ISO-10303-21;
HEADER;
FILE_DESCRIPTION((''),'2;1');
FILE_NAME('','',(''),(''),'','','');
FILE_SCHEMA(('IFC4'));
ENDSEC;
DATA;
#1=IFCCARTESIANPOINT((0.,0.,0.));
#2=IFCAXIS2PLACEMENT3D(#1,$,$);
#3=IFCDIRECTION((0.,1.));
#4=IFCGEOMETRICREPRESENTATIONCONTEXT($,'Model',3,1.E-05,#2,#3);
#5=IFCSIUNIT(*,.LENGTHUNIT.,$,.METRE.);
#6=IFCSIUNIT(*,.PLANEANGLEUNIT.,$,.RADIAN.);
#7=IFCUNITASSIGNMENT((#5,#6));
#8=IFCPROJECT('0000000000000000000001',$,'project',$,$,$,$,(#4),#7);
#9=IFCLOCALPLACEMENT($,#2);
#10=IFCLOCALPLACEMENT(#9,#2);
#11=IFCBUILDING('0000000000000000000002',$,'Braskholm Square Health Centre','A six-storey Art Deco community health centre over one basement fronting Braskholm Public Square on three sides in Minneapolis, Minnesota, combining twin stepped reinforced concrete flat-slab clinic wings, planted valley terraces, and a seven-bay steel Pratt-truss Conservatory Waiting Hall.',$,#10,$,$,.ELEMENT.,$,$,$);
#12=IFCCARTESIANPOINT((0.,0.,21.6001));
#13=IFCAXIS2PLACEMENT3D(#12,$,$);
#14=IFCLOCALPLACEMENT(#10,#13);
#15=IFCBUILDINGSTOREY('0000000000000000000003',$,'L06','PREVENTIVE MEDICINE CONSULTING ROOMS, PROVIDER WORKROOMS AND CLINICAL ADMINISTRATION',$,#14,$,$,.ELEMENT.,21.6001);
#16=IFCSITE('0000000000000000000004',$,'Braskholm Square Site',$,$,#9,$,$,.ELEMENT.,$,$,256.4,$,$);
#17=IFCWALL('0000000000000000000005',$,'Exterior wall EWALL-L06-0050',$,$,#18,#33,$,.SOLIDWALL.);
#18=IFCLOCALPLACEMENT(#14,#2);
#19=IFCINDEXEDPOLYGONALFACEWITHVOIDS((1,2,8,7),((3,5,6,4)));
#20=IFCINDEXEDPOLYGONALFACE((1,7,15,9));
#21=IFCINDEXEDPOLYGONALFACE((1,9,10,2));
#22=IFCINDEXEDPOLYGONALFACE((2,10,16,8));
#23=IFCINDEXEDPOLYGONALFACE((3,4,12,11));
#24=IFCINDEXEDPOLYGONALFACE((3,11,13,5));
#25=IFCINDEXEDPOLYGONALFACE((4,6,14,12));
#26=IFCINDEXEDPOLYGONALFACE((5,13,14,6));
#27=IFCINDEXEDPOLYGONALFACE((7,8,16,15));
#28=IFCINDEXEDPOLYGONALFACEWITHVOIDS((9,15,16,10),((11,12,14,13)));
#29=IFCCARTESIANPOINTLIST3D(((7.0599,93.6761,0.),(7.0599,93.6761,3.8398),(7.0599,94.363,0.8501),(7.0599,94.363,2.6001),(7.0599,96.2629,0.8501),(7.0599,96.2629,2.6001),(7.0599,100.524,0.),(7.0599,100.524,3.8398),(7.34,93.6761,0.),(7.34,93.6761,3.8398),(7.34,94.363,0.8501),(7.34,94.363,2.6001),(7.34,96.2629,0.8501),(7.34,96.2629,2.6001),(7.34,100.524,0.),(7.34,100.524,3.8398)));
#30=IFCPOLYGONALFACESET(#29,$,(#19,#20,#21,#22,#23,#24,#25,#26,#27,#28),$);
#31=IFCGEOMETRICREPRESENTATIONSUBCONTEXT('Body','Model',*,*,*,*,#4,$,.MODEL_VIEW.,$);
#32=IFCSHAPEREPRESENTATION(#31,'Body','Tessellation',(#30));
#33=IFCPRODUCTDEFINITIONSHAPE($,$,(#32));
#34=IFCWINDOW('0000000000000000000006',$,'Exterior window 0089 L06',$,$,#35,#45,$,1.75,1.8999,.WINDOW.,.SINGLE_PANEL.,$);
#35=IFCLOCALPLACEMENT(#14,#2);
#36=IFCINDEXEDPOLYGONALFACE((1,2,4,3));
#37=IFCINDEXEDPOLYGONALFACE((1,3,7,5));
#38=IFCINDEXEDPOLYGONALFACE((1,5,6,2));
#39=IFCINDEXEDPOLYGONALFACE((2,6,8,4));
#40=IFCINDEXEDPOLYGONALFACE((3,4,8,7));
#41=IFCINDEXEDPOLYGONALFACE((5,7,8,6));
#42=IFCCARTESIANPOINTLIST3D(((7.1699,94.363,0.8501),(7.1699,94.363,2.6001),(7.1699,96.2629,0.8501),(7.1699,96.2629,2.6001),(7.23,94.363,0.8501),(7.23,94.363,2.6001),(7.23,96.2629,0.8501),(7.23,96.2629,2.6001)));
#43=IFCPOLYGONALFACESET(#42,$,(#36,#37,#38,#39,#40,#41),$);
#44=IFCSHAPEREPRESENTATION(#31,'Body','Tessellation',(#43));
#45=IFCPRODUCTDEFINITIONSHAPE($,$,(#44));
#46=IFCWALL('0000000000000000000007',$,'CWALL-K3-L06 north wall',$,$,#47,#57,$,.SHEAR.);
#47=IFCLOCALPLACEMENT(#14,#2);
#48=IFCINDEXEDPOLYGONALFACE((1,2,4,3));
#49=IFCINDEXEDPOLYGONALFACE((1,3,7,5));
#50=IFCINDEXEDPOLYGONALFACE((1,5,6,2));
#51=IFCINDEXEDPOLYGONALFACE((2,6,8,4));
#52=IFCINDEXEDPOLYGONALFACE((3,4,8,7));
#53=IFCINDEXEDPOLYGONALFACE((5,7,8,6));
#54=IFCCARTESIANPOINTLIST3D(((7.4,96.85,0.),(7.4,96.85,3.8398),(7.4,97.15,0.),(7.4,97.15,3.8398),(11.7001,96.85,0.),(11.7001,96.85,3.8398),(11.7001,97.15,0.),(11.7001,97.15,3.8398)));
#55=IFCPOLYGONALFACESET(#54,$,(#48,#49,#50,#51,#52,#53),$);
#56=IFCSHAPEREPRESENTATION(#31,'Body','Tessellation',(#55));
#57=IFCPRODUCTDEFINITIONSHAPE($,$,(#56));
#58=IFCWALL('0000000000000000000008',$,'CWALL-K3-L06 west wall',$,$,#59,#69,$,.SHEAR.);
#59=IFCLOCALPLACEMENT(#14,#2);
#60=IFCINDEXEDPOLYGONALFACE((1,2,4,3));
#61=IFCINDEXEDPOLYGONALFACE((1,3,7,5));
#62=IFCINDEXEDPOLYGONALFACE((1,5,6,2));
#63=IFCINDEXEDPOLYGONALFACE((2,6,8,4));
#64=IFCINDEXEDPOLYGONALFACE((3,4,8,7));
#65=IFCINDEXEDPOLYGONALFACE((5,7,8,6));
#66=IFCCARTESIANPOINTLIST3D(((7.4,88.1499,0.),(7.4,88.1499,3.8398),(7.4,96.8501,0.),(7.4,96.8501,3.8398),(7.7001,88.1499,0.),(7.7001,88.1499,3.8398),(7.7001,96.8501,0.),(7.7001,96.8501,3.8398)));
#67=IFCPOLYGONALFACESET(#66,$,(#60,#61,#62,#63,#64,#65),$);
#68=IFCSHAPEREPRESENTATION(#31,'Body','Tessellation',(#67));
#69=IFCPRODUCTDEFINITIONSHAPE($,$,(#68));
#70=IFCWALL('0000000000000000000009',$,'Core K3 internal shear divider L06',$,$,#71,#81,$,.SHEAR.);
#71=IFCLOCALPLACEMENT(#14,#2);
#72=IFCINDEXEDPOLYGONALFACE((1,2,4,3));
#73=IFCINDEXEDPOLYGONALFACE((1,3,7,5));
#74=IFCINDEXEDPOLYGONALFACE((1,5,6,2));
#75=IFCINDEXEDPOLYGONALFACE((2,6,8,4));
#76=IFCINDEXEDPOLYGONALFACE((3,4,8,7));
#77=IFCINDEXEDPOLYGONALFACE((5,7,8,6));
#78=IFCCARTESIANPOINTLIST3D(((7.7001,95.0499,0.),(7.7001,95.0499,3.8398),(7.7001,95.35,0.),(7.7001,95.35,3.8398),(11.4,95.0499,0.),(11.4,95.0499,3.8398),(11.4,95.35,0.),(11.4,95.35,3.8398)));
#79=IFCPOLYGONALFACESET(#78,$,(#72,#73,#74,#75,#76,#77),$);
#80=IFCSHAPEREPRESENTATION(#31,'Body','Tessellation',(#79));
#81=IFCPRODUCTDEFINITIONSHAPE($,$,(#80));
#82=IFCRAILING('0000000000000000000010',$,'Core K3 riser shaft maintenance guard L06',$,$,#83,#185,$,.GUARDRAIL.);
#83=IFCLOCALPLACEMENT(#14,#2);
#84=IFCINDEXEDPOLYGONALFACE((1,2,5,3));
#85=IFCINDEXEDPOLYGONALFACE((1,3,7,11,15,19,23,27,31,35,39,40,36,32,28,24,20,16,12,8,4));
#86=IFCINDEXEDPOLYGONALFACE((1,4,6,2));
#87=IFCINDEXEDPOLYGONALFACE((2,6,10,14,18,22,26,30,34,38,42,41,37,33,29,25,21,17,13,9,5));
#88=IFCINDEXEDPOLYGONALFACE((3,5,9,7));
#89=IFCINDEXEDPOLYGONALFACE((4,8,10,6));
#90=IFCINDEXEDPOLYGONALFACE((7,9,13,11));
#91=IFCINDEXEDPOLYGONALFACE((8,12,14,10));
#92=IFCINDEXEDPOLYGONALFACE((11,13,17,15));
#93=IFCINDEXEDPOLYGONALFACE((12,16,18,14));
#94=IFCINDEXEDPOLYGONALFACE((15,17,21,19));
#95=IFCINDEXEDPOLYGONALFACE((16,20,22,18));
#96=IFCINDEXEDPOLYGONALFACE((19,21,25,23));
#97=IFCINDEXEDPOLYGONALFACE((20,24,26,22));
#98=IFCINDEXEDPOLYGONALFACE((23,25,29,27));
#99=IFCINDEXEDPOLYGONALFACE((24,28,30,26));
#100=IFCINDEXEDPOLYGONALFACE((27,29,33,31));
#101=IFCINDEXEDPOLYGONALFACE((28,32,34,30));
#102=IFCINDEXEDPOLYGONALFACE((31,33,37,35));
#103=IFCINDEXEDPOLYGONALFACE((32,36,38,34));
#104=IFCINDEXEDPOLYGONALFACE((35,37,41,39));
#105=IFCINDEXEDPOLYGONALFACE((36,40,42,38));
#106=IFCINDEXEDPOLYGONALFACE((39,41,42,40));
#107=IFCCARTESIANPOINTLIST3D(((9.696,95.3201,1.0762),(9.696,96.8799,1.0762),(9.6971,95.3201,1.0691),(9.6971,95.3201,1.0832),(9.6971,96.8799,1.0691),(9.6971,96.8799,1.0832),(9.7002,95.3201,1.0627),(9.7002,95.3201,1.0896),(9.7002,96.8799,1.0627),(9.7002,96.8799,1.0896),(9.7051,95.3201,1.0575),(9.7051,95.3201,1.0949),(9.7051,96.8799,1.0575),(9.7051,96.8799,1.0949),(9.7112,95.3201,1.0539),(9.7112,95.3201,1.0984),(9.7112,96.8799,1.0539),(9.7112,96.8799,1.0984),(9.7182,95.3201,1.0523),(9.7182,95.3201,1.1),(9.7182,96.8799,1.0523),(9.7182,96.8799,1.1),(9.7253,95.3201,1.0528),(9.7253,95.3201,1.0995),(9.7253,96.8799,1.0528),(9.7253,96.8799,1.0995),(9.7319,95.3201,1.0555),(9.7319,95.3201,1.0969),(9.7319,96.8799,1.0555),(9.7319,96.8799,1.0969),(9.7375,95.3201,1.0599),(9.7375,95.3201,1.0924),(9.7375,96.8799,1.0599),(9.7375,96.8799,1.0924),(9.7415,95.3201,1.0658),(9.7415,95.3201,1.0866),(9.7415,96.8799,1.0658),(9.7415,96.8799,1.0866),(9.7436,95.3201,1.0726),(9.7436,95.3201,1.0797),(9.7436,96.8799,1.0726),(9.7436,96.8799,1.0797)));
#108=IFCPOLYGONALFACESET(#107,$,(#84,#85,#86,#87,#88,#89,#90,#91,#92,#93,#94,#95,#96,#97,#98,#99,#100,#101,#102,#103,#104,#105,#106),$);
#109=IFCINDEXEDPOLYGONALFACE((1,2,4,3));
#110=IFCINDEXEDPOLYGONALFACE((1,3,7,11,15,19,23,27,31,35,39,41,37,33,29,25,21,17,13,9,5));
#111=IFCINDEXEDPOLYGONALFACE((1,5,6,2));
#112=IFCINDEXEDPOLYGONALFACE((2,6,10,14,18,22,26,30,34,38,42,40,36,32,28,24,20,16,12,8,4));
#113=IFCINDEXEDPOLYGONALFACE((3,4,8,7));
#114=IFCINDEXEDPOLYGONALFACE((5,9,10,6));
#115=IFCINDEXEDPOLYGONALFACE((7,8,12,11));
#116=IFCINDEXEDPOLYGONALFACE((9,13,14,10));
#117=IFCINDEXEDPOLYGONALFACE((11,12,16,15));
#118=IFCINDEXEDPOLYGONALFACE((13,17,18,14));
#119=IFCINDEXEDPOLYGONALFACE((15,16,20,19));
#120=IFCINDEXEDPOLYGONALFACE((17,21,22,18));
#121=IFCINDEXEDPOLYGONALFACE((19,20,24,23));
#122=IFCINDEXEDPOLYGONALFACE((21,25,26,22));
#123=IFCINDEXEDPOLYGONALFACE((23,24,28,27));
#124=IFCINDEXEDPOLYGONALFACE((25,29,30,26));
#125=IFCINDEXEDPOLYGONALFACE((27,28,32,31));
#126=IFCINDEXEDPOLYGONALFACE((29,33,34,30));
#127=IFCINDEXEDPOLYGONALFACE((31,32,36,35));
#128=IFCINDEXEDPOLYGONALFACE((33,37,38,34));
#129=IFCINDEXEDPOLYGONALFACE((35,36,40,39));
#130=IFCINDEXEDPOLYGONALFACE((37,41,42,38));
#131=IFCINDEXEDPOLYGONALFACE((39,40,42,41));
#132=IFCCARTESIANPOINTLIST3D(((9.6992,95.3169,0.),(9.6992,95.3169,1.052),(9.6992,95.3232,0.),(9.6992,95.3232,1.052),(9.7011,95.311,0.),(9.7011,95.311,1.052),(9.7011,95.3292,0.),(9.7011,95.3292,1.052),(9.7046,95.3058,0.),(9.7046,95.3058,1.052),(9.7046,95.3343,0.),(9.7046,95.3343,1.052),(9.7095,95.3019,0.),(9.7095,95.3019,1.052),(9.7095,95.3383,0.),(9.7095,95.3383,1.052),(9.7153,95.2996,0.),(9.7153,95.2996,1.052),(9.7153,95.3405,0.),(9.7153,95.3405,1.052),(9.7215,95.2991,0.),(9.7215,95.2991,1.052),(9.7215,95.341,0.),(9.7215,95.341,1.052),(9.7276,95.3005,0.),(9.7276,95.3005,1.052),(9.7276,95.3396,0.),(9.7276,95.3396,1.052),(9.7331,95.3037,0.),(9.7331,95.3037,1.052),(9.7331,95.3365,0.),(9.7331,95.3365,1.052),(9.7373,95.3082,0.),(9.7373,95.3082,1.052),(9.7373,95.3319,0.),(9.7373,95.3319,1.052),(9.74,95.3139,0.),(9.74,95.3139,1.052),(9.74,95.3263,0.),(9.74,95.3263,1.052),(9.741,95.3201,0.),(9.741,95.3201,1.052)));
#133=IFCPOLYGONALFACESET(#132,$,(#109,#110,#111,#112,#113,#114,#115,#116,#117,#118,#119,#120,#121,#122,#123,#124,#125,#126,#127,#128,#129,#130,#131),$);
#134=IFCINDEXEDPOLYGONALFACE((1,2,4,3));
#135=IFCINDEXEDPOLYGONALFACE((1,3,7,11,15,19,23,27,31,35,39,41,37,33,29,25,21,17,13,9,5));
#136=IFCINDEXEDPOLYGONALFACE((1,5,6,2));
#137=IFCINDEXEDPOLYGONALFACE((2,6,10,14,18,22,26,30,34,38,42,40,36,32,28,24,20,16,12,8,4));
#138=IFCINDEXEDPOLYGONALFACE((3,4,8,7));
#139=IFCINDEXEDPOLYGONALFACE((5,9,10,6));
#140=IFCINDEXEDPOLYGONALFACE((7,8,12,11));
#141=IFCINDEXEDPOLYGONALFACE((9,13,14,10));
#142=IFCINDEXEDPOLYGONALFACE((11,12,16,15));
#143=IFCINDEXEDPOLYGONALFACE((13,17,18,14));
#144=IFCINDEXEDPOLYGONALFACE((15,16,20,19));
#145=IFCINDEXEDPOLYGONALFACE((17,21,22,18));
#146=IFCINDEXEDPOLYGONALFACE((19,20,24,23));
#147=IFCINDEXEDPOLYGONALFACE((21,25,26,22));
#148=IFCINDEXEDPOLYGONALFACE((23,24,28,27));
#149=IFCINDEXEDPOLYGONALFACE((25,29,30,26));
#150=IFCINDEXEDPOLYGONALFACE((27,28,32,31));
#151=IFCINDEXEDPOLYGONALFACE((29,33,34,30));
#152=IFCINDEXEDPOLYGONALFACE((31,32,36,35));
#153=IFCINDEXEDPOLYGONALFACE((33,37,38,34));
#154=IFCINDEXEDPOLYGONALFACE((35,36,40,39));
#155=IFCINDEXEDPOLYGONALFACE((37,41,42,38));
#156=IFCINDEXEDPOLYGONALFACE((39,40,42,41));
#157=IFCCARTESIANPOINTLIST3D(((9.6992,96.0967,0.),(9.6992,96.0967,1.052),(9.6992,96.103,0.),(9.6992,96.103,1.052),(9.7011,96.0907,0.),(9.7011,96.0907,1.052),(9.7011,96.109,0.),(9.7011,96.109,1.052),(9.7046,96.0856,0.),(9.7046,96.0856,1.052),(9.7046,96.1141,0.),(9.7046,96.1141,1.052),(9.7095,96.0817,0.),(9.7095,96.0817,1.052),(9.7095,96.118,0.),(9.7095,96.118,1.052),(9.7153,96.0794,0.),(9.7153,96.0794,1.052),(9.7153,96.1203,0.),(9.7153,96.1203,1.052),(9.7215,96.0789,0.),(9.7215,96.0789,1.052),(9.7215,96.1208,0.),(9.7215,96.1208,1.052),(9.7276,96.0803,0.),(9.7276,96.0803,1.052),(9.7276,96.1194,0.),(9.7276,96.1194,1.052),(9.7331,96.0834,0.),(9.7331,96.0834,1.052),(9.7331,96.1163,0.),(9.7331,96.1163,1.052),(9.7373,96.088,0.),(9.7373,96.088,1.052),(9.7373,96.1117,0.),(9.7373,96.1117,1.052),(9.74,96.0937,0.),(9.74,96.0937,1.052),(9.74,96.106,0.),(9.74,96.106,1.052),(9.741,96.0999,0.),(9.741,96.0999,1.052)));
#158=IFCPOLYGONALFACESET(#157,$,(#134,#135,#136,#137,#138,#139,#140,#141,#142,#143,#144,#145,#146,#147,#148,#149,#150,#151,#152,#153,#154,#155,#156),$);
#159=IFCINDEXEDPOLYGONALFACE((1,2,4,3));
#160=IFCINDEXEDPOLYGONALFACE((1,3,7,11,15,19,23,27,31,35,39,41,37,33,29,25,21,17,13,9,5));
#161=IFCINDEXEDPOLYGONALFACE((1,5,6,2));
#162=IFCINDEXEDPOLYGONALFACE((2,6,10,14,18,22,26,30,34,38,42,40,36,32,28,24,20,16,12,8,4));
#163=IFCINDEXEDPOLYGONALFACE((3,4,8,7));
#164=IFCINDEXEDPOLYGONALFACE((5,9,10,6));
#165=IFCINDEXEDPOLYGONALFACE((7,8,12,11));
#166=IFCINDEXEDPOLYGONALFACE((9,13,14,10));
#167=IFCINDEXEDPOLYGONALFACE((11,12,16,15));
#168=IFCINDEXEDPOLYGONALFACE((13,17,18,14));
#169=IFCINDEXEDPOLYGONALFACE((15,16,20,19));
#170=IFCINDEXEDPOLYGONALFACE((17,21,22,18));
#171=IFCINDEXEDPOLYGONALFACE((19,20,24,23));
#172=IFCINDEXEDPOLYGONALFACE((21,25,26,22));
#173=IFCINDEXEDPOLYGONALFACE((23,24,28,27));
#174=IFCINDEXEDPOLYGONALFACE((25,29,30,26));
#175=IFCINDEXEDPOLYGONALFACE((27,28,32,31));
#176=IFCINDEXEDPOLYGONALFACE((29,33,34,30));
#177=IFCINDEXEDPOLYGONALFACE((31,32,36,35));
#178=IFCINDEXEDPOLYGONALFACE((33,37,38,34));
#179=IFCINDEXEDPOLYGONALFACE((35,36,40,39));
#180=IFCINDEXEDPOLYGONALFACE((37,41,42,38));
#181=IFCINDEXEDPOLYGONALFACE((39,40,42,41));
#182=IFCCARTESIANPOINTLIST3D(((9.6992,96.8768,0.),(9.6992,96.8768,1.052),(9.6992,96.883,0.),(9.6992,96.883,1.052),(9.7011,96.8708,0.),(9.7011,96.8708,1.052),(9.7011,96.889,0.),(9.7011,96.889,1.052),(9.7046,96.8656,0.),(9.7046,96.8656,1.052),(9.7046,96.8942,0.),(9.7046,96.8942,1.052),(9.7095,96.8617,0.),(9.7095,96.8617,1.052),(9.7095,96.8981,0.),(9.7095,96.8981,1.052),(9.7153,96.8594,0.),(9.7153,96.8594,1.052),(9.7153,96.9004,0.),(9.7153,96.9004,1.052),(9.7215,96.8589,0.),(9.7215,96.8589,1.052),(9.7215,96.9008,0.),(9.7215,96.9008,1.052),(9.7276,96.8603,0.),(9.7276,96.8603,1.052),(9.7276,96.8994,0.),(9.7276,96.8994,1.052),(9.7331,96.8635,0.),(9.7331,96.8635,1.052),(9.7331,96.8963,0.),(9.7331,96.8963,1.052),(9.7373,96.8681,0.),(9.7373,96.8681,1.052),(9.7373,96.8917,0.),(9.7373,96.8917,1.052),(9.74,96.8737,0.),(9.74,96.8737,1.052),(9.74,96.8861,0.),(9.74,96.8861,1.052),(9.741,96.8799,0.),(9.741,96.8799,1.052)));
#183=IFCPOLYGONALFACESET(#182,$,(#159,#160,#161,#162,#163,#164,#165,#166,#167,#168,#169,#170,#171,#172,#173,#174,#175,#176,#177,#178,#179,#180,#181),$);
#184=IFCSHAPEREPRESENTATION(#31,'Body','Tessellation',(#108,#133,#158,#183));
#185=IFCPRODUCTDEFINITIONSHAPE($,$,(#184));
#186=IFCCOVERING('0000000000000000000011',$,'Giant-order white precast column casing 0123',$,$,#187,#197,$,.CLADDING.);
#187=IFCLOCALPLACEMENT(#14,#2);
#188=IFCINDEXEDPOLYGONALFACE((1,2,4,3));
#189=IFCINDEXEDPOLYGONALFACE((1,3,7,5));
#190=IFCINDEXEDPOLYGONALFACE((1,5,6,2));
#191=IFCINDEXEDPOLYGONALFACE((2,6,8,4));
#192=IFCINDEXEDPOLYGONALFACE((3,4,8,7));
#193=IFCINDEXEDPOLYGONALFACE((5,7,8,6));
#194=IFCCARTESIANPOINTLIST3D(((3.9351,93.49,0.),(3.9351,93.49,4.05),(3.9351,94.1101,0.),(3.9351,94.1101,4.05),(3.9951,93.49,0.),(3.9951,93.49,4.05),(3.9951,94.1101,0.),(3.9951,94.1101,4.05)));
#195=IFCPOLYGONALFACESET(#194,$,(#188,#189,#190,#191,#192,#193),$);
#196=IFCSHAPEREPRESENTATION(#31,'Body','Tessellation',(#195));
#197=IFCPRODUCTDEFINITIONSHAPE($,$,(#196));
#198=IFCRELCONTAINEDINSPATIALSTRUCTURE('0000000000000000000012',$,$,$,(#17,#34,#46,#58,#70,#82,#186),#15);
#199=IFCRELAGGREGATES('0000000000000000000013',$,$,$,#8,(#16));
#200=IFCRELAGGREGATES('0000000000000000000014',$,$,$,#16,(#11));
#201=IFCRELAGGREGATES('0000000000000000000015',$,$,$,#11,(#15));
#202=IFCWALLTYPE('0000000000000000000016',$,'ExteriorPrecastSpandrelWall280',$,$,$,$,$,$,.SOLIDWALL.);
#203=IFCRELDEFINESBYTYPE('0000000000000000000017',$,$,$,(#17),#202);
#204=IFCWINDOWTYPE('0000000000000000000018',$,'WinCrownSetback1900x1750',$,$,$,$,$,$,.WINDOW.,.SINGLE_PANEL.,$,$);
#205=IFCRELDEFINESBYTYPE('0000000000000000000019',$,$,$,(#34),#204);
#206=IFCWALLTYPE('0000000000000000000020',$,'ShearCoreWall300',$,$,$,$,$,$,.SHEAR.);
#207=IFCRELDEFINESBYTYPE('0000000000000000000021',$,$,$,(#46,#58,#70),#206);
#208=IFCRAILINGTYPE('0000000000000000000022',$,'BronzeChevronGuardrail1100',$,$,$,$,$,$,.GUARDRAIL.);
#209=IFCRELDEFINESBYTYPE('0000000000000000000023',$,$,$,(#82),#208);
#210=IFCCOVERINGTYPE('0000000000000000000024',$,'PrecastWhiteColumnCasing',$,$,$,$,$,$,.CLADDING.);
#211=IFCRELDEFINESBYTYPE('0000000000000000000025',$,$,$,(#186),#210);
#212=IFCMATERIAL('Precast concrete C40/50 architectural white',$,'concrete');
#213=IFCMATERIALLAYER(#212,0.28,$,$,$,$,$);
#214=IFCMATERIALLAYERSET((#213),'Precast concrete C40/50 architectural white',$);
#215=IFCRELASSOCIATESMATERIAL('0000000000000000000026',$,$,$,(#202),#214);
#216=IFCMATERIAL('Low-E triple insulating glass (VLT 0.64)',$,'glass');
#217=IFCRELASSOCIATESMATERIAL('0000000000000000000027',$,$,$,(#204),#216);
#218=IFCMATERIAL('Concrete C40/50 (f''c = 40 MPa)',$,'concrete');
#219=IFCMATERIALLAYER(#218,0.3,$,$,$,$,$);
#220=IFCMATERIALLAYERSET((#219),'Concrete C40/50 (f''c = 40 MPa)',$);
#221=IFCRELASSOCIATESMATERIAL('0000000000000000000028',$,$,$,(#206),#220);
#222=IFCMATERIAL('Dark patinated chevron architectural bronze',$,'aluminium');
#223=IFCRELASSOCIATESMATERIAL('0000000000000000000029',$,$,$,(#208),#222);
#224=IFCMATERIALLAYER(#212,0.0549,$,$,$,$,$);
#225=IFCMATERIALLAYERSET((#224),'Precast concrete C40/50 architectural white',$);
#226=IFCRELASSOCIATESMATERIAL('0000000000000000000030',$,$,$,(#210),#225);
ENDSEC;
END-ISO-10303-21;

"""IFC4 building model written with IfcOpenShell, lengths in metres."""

from ifc_helpers import new_model, si_unit, direction, frame, frame_2d, origin, origin_with_axes, origin_2d, place, context, subcontext, project, spatial, rectangle, circle, extrude, material, layer, layer_set, type_object, element, fill, save


model = new_model("IFC4")

# Units and contexts
model_context = context("Model", 3, precision=1e-05, world=origin(), true_north=direction((0.0, 1.0)))
body_context = subcontext(model_context, "Body", "Model", "MODEL_VIEW")
ifc_project = project(units=[si_unit("LENGTHUNIT", "METRE"), si_unit("PLANEANGLEUNIT", "RADIAN")], contexts=[model_context])

# Site, building, storey
site_placement = place(None, origin())
site = spatial("IfcSite", under=ifc_project, at=site_placement, Name="Braskholm Square Site", CompositionType="ELEMENT", RefElevation=256.4)
building_placement = place(site_placement, origin())
building = spatial("IfcBuilding", under=site, at=building_placement, Name="Braskholm Square Health Centre", Description="A six-storey Art Deco community health centre over one basement fronting Braskholm Public Square on three sides in Minneapolis, Minnesota, combining twin stepped reinforced concrete flat-slab clinic wings, planted valley terraces, and a seven-bay steel Pratt-truss Conservatory Waiting Hall.", CompositionType="ELEMENT")
storey_placement = place(building_placement, frame((0.0, 0.0, 21.6001)))
storey = spatial("IfcBuildingStorey", under=building, at=storey_placement, Name="L06", Description="PREVENTIVE MEDICINE CONSULTING ROOMS, PROVIDER WORKROOMS AND CLINICAL ADMINISTRATION", CompositionType="ELEMENT", Elevation=21.6001)

# Shared definitions
ifc_material_1 = material(Name="Concrete C40/50 (f'c = 40 MPa)", Category="concrete")
ifc_material_2 = material(Name="Precast concrete C40/50 architectural white", Category="concrete")

# Shared definitions
ifc_material_3 = material(Name="Low-E triple insulating glass (VLT 0.64)", Category="glass")

# Wall, opening, window
ifc_layer_1 = layer(ifc_material_2, 0.28)
ifc_layer_set_1 = layer_set([ifc_layer_1], Name="Precast concrete C40/50 architectural white")
wall_type_1 = type_object("IfcWallType", Name="ExteriorPrecastSpandrelWall280", PredefinedType="SOLIDWALL", material=ifc_layer_set_1)
wall_1_placement = place(storey_placement, frame((7.2, 100.5239, 0.0), z_axis=(0.0, 0.0, 1.0), x_axis=(0.0, -1.0, 0.0)))
wall_1 = element("IfcWall", 1, at=wall_1_placement, inside=storey, type_object=wall_type_1, Name="Exterior wall EWALL-L06-0050", PredefinedType="SOLIDWALL", context=body_context, shape_type="SweptSolid", body=[
    extrude(rectangle(XDim=6.8479, YDim=0.28, at=frame_2d((3.4238, 0.0))), origin(), (0.0, 0.0, 1.0), 3.8398),
])
opening_placement = place(wall_1_placement, frame((4.261, 0.0, 0.8501)))
opening = element("IfcOpeningElement", 2, at=opening_placement, cuts=wall_1, PredefinedType="OPENING", context=body_context, shape_type="SweptSolid", body=[
    extrude(rectangle(XDim=1.8999, YDim=1.75, at=frame_2d((0.95, 0.875))), frame((0.0, 0.1499, 0.0), z_axis=(0.0, -1.0, 0.0), x_axis=(1.0, 0.0, 0.0)), (0.0, 0.0, 1.0), 0.3),
])
window_type = type_object("IfcWindowType", Name="WinCrownSetback1900x1750", PartitioningType="SINGLE_PANEL", PredefinedType="WINDOW", material=ifc_material_3)
window_placement = place(opening_placement, origin_with_axes())
window = element("IfcWindow", 3, at=window_placement, inside=storey, type_object=window_type, Name="Exterior window 0089 L06", OverallHeight=1.75, OverallWidth=1.8999, PartitioningType="SINGLE_PANEL", PredefinedType="WINDOW", context=body_context, shape_type="SweptSolid", body=[
    extrude(rectangle(XDim=1.8999, YDim=1.75, at=frame_2d((0.95, 0.875))), frame((0.0, 0.03, 0.0), z_axis=(0.0, -1.0, 0.0), x_axis=(1.0, 0.0, 0.0)), (0.0, 0.0, 1.0), 0.0601),
])
fill(opening, window)

# Walls
ifc_layer_2 = layer(ifc_material_1, 0.3)
ifc_layer_set_2 = layer_set([ifc_layer_2], Name="Concrete C40/50 (f'c = 40 MPa)")
wall_type_2 = type_object("IfcWallType", Name="ShearCoreWall300", PredefinedType="SHEAR", material=ifc_layer_set_2)
wall_2_placement = place(storey_placement, frame((11.7, 97.0, 0.0), z_axis=(0.0, 0.0, 1.0), x_axis=(-1.0, 0.0, 0.0)))
element("IfcWall", 4, at=wall_2_placement, inside=storey, type_object=wall_type_2, Name="CWALL-K3-L06 north wall", PredefinedType="SHEAR", context=body_context, shape_type="SweptSolid", body=[
    extrude(rectangle(XDim=4.3, YDim=0.3, at=frame_2d((2.1499, 0.0))), origin(), (0.0, 0.0, 1.0), 3.8398),
])
wall_3_placement = place(storey_placement, frame((7.55, 96.8501, 0.0), z_axis=(0.0, 0.0, 1.0), x_axis=(0.0, -1.0, 0.0)))
element("IfcWall", 5, at=wall_3_placement, inside=storey, type_object=wall_type_2, Name="CWALL-K3-L06 west wall", PredefinedType="SHEAR", context=body_context, shape_type="SweptSolid", body=[
    extrude(rectangle(XDim=8.7002, YDim=0.3, at=frame_2d((4.3501, 0.0))), origin(), (0.0, 0.0, 1.0), 3.8398),
])
wall_4_placement = place(storey_placement, frame((7.7, 95.2, 0.0), z_axis=(0.0, 0.0, 1.0), x_axis=(1.0, 0.0, 0.0)))
element("IfcWall", 6, at=wall_4_placement, inside=storey, type_object=wall_type_2, Name="Core K3 internal shear divider L06", PredefinedType="SHEAR", context=body_context, shape_type="SweptSolid", body=[
    extrude(rectangle(XDim=3.7, YDim=0.3, at=frame_2d((1.8501, 0.0))), origin(), (0.0, 0.0, 1.0), 3.8398),
])

# Railing
ifc_material_4 = material(Name="Dark patinated chevron architectural bronze", Category="aluminium")
railing_type = type_object("IfcRailingType", Name="BronzeChevronGuardrail1100", PredefinedType="GUARDRAIL", material=ifc_material_4)
railing_placement = place(storey_placement, frame((9.72, 95.3201, 0.0)))
element("IfcRailing", 7, at=railing_placement, inside=storey, type_object=railing_type, Name="Core K3 riser shaft maintenance guard L06", PredefinedType="GUARDRAIL", context=body_context, shape_type="SweptSolid", body=[
    extrude(circle(Radius=0.0239, at=origin_2d()), frame((0.0, 0.0, 1.0762), z_axis=(0.0, 1.0, 0.0), x_axis=(-1.0, 0.0, 0.0)), (0.0, 0.0, 1.0), 1.5598),
    extrude(circle(Radius=0.021, at=origin_2d()), origin(), (0.0, 0.0, 1.0), 1.052),
    extrude(circle(Radius=0.021, at=origin_2d()), frame((0.0, 0.7798, 0.0)), (0.0, 0.0, 1.0), 1.052),
    extrude(circle(Radius=0.021, at=origin_2d()), frame((0.0, 1.5598, 0.0)), (0.0, 0.0, 1.0), 1.052),
])

# Covering
ifc_layer_3 = layer(ifc_material_2, 0.0549)
ifc_layer_set_3 = layer_set([ifc_layer_3], Name="Precast concrete C40/50 architectural white")
covering_type = type_object("IfcCoveringType", Name="PrecastWhiteColumnCasing", PredefinedType="CLADDING", material=ifc_layer_set_3)
for number, where, z_axis, x_axis, name in (
    (8, (3.9651, 93.8, 0.0), (0.0, 0.0, 1.0), (1.0, 0.0, 0.0), "Giant-order white precast column casing 0123"),
):
    element("IfcCovering", number, at=place(storey_placement, frame(where, z_axis=z_axis, x_axis=x_axis)), inside=storey, type_object=covering_type, Name=name, PredefinedType="CLADDING", context=body_context, shape_type="SweptSolid", body=[
        extrude(rectangle(XDim=0.0601, YDim=0.6201, at=origin_2d()), origin(), (0.0, 0.0, 1.0), 4.05),
    ])

save(model, "model.ifc")
